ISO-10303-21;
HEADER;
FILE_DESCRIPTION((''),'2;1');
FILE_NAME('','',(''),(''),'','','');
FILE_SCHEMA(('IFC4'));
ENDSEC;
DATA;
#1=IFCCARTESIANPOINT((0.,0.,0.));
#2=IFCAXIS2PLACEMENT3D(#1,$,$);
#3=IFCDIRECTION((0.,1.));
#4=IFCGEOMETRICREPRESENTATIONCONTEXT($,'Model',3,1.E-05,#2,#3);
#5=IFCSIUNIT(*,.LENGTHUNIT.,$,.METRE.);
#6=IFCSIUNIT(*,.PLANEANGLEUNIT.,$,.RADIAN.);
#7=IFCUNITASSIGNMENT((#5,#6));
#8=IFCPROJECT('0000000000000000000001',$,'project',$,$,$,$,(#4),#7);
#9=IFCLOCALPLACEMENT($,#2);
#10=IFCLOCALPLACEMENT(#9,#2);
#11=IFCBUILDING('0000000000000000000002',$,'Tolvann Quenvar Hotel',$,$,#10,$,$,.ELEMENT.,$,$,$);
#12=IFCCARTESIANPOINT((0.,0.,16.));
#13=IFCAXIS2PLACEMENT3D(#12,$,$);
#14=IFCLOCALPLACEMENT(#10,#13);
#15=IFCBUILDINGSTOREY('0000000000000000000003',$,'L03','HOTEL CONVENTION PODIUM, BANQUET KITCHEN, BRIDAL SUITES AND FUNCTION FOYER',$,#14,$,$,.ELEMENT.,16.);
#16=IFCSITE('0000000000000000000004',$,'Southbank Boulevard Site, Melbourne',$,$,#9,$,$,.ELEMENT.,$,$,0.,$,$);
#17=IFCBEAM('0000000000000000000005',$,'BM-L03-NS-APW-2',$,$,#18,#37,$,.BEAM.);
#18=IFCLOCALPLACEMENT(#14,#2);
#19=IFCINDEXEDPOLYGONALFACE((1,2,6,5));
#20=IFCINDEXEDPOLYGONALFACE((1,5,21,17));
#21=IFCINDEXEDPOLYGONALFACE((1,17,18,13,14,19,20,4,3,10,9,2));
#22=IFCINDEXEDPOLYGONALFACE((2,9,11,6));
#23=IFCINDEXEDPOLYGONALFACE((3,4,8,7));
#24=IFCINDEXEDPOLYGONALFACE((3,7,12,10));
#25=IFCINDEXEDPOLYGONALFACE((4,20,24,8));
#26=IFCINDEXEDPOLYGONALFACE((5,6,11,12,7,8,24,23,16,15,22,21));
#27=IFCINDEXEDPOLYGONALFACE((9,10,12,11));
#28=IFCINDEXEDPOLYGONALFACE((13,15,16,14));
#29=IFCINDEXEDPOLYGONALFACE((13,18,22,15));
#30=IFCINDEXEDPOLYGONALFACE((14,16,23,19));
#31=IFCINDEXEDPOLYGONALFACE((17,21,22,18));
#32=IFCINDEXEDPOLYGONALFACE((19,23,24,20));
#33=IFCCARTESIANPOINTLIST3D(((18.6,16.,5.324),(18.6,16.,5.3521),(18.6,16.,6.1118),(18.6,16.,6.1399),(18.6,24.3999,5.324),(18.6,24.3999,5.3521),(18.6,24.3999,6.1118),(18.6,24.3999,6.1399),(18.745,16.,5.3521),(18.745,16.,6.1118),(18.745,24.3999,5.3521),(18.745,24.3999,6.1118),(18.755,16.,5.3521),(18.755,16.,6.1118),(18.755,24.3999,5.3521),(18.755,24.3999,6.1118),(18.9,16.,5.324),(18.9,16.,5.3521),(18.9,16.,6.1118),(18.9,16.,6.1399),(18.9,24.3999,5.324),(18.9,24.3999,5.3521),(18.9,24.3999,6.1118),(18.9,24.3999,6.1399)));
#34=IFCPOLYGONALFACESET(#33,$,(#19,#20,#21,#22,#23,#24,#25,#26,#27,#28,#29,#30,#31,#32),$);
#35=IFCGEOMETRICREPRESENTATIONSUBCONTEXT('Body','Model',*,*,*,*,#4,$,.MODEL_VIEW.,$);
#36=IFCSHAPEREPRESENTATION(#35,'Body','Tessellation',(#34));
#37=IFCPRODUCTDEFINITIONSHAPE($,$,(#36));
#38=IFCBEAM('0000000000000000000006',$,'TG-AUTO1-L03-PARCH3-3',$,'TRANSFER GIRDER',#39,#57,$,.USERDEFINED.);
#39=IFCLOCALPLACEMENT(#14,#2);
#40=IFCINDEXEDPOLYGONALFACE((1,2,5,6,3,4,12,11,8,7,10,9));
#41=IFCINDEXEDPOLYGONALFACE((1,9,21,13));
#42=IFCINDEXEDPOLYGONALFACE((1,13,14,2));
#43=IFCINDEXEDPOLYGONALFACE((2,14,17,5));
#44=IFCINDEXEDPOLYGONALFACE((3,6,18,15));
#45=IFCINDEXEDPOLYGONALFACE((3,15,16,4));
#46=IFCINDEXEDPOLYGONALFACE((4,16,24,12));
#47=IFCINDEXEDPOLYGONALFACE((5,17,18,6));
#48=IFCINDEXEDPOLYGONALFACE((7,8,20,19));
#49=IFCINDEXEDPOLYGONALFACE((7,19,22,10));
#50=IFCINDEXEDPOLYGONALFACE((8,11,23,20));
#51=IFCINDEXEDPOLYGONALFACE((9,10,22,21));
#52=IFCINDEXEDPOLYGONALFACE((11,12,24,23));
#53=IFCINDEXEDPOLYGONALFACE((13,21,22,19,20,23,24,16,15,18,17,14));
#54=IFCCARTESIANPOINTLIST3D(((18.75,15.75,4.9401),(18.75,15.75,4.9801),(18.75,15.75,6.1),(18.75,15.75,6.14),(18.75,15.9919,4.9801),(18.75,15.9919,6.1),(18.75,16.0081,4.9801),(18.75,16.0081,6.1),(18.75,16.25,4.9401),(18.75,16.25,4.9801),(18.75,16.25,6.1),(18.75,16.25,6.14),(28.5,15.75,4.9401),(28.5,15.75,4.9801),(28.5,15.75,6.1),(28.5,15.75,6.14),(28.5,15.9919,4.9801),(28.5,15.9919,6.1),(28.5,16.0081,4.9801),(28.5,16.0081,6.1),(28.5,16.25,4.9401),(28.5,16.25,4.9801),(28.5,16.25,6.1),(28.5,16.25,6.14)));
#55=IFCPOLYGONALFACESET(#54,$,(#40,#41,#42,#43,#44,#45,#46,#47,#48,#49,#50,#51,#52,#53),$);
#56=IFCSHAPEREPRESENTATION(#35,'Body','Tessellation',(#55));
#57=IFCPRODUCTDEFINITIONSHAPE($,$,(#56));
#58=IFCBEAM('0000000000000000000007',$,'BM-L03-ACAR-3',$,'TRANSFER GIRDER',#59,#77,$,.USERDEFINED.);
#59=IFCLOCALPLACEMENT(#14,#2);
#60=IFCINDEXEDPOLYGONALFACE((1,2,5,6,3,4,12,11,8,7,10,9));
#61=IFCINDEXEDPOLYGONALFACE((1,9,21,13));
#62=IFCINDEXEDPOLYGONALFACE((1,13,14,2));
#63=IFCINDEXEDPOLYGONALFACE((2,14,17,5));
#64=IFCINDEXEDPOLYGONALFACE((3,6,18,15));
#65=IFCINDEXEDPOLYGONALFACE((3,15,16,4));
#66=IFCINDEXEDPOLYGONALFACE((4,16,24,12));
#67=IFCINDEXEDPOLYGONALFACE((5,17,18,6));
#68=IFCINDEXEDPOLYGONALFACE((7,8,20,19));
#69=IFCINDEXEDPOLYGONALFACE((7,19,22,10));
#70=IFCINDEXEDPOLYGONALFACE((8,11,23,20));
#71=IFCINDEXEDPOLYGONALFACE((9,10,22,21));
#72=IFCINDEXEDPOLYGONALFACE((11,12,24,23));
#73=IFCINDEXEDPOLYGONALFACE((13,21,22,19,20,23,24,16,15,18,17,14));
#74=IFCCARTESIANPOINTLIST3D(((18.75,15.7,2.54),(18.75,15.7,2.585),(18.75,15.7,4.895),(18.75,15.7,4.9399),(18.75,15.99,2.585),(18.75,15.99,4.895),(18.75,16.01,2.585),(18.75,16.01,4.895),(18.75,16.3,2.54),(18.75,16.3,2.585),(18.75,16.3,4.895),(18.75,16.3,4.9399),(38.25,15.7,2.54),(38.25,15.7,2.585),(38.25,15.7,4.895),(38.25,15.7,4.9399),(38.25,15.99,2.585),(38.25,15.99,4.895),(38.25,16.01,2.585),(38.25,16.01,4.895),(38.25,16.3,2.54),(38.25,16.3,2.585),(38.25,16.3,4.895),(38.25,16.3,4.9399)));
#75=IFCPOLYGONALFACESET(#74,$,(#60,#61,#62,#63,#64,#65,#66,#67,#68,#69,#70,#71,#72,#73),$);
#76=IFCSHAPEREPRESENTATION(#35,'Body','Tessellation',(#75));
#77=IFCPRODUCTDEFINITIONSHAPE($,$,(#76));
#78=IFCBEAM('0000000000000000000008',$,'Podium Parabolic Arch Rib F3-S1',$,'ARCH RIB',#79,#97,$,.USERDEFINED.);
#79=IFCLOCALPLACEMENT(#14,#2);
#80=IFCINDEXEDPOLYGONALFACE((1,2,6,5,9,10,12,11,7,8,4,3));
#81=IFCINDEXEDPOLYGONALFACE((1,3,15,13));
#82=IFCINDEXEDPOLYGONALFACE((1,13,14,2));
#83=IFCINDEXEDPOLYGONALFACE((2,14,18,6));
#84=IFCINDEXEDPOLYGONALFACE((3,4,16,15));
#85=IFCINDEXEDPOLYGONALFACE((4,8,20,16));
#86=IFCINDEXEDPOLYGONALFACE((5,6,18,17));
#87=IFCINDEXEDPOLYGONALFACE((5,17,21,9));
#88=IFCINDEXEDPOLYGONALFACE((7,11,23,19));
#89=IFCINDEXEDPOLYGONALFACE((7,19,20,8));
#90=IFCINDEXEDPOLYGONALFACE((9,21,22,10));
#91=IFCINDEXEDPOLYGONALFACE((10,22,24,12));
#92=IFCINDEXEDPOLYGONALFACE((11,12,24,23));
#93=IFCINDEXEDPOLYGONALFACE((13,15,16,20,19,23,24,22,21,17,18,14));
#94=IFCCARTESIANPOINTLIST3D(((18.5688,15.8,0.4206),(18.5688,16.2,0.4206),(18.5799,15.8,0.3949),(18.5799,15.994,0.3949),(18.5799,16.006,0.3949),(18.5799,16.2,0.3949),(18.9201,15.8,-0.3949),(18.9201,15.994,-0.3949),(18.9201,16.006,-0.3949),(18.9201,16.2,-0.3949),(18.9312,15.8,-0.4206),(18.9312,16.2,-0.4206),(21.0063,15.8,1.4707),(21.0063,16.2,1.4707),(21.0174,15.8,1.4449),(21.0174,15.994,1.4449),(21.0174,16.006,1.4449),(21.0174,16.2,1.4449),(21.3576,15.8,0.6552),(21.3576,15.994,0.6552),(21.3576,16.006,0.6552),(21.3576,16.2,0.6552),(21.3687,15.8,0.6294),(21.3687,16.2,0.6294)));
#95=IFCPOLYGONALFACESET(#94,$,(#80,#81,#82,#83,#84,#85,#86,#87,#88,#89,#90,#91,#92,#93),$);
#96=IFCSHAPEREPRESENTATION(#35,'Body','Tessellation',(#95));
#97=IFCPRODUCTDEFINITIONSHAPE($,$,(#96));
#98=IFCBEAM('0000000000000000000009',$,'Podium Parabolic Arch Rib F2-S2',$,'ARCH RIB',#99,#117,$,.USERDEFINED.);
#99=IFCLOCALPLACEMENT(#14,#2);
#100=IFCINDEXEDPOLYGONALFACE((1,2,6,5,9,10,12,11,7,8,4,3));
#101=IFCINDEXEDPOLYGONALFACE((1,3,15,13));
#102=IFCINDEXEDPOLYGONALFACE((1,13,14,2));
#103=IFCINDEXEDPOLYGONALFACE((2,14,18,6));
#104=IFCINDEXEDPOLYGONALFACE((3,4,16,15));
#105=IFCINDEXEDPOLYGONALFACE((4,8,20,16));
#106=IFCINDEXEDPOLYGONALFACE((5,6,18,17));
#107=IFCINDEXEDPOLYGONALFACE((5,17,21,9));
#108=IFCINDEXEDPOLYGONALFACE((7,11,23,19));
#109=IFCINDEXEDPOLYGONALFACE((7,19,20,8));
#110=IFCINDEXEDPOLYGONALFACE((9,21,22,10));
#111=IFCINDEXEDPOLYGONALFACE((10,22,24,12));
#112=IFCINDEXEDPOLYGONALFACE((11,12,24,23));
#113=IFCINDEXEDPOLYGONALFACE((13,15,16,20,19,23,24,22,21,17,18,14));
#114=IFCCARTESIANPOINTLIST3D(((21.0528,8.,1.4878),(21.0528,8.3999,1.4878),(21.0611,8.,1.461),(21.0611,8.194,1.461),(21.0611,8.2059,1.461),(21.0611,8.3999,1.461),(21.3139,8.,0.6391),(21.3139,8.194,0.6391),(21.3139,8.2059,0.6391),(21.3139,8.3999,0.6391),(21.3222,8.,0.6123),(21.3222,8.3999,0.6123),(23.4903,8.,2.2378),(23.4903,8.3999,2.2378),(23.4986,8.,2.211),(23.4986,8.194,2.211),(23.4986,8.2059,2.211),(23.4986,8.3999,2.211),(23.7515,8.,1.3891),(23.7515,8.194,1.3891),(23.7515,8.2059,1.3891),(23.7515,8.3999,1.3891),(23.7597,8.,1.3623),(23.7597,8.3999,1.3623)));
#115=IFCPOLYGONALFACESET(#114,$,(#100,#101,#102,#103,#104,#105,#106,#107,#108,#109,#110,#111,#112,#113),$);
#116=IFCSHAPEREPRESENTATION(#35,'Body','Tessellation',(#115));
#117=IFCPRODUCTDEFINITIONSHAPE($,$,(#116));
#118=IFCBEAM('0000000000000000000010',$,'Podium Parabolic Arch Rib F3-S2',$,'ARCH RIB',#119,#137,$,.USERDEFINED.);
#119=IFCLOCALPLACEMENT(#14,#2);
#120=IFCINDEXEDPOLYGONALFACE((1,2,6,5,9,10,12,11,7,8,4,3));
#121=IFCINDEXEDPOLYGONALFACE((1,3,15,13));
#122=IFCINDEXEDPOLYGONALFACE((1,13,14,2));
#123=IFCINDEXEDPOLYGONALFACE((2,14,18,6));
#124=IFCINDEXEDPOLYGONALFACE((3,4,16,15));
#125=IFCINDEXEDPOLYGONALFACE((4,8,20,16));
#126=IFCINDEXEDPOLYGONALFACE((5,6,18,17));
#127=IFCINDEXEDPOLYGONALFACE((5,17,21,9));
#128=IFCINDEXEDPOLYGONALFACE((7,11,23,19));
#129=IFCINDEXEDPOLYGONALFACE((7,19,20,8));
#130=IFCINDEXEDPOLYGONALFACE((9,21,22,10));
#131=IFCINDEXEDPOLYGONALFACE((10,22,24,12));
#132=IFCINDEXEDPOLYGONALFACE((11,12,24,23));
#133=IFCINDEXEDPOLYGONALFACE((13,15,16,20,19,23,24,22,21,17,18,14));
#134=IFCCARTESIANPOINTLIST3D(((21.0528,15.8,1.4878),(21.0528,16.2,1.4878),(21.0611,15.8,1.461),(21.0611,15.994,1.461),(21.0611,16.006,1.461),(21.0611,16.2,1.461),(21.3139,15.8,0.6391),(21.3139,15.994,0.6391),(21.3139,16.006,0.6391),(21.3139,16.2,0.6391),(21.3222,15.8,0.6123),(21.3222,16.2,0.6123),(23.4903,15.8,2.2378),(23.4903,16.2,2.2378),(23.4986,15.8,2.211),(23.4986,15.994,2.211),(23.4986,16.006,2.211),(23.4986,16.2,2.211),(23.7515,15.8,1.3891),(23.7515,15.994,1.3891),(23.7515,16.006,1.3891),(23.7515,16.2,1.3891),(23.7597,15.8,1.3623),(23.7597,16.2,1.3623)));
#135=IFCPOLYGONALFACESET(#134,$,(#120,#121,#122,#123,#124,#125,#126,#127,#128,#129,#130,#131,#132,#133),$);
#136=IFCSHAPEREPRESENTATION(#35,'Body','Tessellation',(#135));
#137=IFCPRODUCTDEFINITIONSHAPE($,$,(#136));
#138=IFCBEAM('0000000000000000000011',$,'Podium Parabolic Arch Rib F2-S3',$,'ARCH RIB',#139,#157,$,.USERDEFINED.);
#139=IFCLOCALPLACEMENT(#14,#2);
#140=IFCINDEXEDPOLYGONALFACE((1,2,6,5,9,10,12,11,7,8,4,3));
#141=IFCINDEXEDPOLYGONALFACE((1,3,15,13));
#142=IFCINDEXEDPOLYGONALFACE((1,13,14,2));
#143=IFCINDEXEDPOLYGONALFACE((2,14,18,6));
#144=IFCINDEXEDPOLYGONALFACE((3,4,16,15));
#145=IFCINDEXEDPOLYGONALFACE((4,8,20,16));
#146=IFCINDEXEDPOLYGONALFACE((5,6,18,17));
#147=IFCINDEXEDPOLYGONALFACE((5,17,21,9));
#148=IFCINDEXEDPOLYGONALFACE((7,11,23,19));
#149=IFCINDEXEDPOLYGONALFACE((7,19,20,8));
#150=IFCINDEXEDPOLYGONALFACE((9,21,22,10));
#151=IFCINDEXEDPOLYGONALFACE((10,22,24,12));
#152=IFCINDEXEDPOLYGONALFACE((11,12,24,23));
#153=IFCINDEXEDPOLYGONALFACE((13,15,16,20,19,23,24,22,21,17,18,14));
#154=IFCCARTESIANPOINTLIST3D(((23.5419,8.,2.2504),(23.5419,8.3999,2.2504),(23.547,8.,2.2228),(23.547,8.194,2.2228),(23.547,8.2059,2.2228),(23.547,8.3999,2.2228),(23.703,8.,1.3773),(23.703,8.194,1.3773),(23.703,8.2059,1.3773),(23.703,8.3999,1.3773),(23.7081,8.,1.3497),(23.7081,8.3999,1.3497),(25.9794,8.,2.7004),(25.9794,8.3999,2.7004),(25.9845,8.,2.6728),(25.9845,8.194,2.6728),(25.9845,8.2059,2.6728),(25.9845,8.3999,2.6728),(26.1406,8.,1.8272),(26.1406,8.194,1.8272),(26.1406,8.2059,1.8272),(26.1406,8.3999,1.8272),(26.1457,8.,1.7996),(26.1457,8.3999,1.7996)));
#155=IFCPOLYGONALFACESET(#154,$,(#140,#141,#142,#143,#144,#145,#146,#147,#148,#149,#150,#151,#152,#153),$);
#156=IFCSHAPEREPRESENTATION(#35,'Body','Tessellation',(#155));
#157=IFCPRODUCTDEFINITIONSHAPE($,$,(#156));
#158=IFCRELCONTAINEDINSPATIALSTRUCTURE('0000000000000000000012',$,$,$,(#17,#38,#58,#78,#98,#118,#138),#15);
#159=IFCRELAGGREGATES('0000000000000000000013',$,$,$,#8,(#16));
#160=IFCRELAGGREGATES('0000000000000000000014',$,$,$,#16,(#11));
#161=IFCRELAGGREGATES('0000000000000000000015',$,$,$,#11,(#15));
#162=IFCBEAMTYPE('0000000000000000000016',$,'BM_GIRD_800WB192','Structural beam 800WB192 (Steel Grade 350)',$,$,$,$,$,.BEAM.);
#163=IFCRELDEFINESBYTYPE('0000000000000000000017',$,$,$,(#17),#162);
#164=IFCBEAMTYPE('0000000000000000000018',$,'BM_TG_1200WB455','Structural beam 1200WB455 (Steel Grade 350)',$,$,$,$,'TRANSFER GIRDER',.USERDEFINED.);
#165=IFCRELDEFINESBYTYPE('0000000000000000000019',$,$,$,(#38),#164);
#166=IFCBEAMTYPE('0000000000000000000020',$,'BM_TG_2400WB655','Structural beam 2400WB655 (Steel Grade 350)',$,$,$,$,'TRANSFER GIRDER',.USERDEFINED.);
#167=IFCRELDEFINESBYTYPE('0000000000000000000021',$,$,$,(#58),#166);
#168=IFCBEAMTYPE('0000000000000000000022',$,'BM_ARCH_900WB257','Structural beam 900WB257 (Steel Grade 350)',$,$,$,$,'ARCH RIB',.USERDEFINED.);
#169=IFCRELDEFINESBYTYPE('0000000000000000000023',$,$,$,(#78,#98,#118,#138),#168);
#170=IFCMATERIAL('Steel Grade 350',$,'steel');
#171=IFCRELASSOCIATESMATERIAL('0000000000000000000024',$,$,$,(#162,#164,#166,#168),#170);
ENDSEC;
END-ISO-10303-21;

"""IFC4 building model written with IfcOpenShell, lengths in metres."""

from ifc_helpers import new_model, si_unit, direction, frame, origin, origin_2d, place, context, subcontext, project, spatial, i_section, extrude, source, transform, mapped, material, material_profile, profile_set, type_object, type_shapes, element, save


model = new_model("IFC4")

# Units and contexts
model_context = context("Model", 3, precision=1e-05, world=origin(), true_north=direction((0.0, 1.0)))
body_context = subcontext(model_context, "Body", "Model", "MODEL_VIEW")
ifc_project = project(units=[si_unit("LENGTHUNIT", "METRE"), si_unit("PLANEANGLEUNIT", "RADIAN")], contexts=[model_context])

# Site, building, storey
site_placement = place(None, origin())
site = spatial("IfcSite", under=ifc_project, at=site_placement, Name="Southbank Boulevard Site, Melbourne", CompositionType="ELEMENT", RefElevation=0.0)
building_placement = place(site_placement, origin())
building = spatial("IfcBuilding", under=site, at=building_placement, Name="Tolvann Quenvar Hotel", CompositionType="ELEMENT")
storey_placement = place(building_placement, frame((0.0, 0.0, 16.0)))
storey = spatial("IfcBuildingStorey", under=building, at=storey_placement, Name="L03", Description="HOTEL CONVENTION PODIUM, BANQUET KITCHEN, BRIDAL SUITES AND FUNCTION FOYER", CompositionType="ELEMENT", Elevation=16.0)

# Beams
ifc_material_1 = material(Name="Steel Grade 350", Category="steel")
ifc_material_profile_1 = material_profile(ifc_material_1, i_section(OverallWidth=0.3, OverallDepth=0.8159, WebThickness=0.01, FlangeThickness=0.0281, at=origin_2d()), Name="800WB192")
ifc_profile_set_1 = profile_set([ifc_material_profile_1], Name="Steel Grade 350")
beam_type_1 = type_object("IfcBeamType", Name="BM_GIRD_800WB192", Description="Structural beam 800WB192 (Steel Grade 350)", PredefinedType="BEAM", material=ifc_profile_set_1)
shared_shape_1 = source(origin(), body_context, "Body", "SweptSolid", [
    extrude(i_section(OverallWidth=0.3, OverallDepth=0.8159, WebThickness=0.01, FlangeThickness=0.0281, at=origin_2d()), origin(), (0.0, 0.0, 1.0), 8.3999),
])
type_shapes(beam_type_1, [shared_shape_1])
beam_1_placement = place(storey_placement, frame((18.75, 16.0, 5.7319), z_axis=(0.0, 1.0, 0.0), x_axis=(-1.0, 0.0, 0.0)))
element("IfcBeam", 1, at=beam_1_placement, inside=storey, type_object=beam_type_1, Name="BM-L03-NS-APW-2", PredefinedType="BEAM", context=body_context, shape_type="MappedRepresentation", body=[
    mapped(shared_shape_1, transform((0.0, 0.0, 0.0), x_axis=(1.0, 0.0, 0.0), y_axis=(0.0, 1.0, 0.0), z_axis=(0.0, 0.0, 1.0), scale=1.0)),
])
ifc_material_profile_2 = material_profile(ifc_material_1, i_section(OverallWidth=0.5, OverallDepth=1.2, WebThickness=0.0161, FlangeThickness=0.04, at=origin_2d()), Name="1200WB455")
ifc_profile_set_2 = profile_set([ifc_material_profile_2], Name="Steel Grade 350")
beam_type_2 = type_object("IfcBeamType", Name="BM_TG_1200WB455", Description="Structural beam 1200WB455 (Steel Grade 350)", ElementType="TRANSFER GIRDER", PredefinedType="USERDEFINED", material=ifc_profile_set_2)
shared_shape_2 = source(origin(), body_context, "Body", "SweptSolid", [
    extrude(i_section(OverallWidth=0.5, OverallDepth=1.2, WebThickness=0.0161, FlangeThickness=0.04, at=origin_2d()), origin(), (0.0, 0.0, 1.0), 9.75),
])
type_shapes(beam_type_2, [shared_shape_2])
beam_2_placement = place(storey_placement, frame((18.75, 16.0, 5.54), z_axis=(1.0, 0.0, 0.0), x_axis=(0.0, 1.0, 0.0)))
element("IfcBeam", 2, at=beam_2_placement, inside=storey, type_object=beam_type_2, Name="TG-AUTO1-L03-PARCH3-3", ObjectType="TRANSFER GIRDER", PredefinedType="USERDEFINED", context=body_context, shape_type="MappedRepresentation", body=[
    mapped(shared_shape_2, transform((0.0, 0.0, 0.0), x_axis=(1.0, 0.0, 0.0), y_axis=(0.0, 1.0, 0.0), z_axis=(0.0, 0.0, 1.0), scale=1.0)),
])
ifc_material_profile_3 = material_profile(ifc_material_1, i_section(OverallWidth=0.6001, OverallDepth=2.3999, WebThickness=0.02, FlangeThickness=0.0449, at=origin_2d()), Name="2400WB655")
ifc_profile_set_3 = profile_set([ifc_material_profile_3], Name="Steel Grade 350")
beam_type_3 = type_object("IfcBeamType", Name="BM_TG_2400WB655", Description="Structural beam 2400WB655 (Steel Grade 350)", ElementType="TRANSFER GIRDER", PredefinedType="USERDEFINED", material=ifc_profile_set_3)
shared_shape_3 = source(origin(), body_context, "Body", "SweptSolid", [
    extrude(i_section(OverallWidth=0.6001, OverallDepth=2.3999, WebThickness=0.02, FlangeThickness=0.0449, at=origin_2d()), origin(), (0.0, 0.0, 1.0), 19.5),
])
type_shapes(beam_type_3, [shared_shape_3])
beam_3_placement = place(storey_placement, frame((18.75, 16.0, 3.74), z_axis=(1.0, 0.0, 0.0), x_axis=(0.0, 1.0, 0.0)))
element("IfcBeam", 3, at=beam_3_placement, inside=storey, type_object=beam_type_3, Name="BM-L03-ACAR-3", ObjectType="TRANSFER GIRDER", PredefinedType="USERDEFINED", context=body_context, shape_type="MappedRepresentation", body=[
    mapped(shared_shape_3, transform((0.0, 0.0, 0.0), x_axis=(1.0, 0.0, 0.0), y_axis=(0.0, 1.0, 0.0), z_axis=(0.0, 0.0, 1.0), scale=1.0)),
])
ifc_material_profile_4 = material_profile(ifc_material_1, i_section(OverallWidth=0.3999, OverallDepth=0.916, WebThickness=0.012, FlangeThickness=0.0281, at=origin_2d()), Name="900WB257")
ifc_profile_set_4 = profile_set([ifc_material_profile_4], Name="Steel Grade 350")
beam_type_4 = type_object("IfcBeamType", Name="BM_ARCH_900WB257", Description="Structural beam 900WB257 (Steel Grade 350)", ElementType="ARCH RIB", PredefinedType="USERDEFINED", material=ifc_profile_set_4)
shared_shape_4 = source(origin(), body_context, "Body", "SweptSolid", [
    extrude(i_section(OverallWidth=0.3999, OverallDepth=0.916, WebThickness=0.012, FlangeThickness=0.0281, at=origin_2d()), origin(), (0.0, 0.0, 1.0), 2.6541),
])
beam_4_placement = place(storey_placement, frame((18.75, 16.0, 0.0), z_axis=(0.918406, 0.0, 0.395639), x_axis=(0.0, 1.0, 0.0)))
element("IfcBeam", 4, at=beam_4_placement, inside=storey, type_object=beam_type_4, Name="Podium Parabolic Arch Rib F3-S1", ObjectType="ARCH RIB", PredefinedType="USERDEFINED", context=body_context, shape_type="MappedRepresentation", body=[
    mapped(shared_shape_4, transform((0.0, 0.0, 0.0), x_axis=(1.0, 0.0, 0.0), y_axis=(0.0, 1.0, 0.0), z_axis=(0.0, 0.0, 1.0), scale=1.0)),
])
shared_shape_5 = source(origin(), body_context, "Body", "SweptSolid", [
    extrude(i_section(OverallWidth=0.3999, OverallDepth=0.916, WebThickness=0.012, FlangeThickness=0.0281, at=origin_2d()), origin(), (0.0, 0.0, 1.0), 2.5503),
])
for number, where, z_axis, x_axis, name in (
    (5, (21.1875, 8.2, 1.05), (0.955779, 0.0, 0.294086), (0.0, 1.0, 0.0), "Podium Parabolic Arch Rib F2-S2"),
    (6, (21.1875, 16.0, 1.05), (0.955779, 0.0, 0.294086), (0.0, 1.0, 0.0), "Podium Parabolic Arch Rib F3-S2"),
):
    element("IfcBeam", number, at=place(storey_placement, frame(where, z_axis=z_axis, x_axis=x_axis)), inside=storey, type_object=beam_type_4, Name=name, ObjectType="ARCH RIB", PredefinedType="USERDEFINED", context=body_context, shape_type="MappedRepresentation", body=[
        mapped(shared_shape_5, transform((0.0, 0.0, 0.0), x_axis=(1.0, 0.0, 0.0), y_axis=(0.0, 1.0, 0.0), z_axis=(0.0, 0.0, 1.0), scale=1.0)),
    ])
shared_shape_6 = source(origin(), body_context, "Body", "SweptSolid", [
    extrude(i_section(OverallWidth=0.3999, OverallDepth=0.916, WebThickness=0.012, FlangeThickness=0.0281, at=origin_2d()), origin(), (0.0, 0.0, 1.0), 2.4788),
])
type_shapes(beam_type_4, [shared_shape_4, shared_shape_5, shared_shape_6])
beam_5_placement = place(storey_placement, frame((23.625, 8.2, 1.8), z_axis=(0.983386, 0.0, 0.181528), x_axis=(0.0, 1.0, 0.0)))
element("IfcBeam", 7, at=beam_5_placement, inside=storey, type_object=beam_type_4, Name="Podium Parabolic Arch Rib F2-S3", ObjectType="ARCH RIB", PredefinedType="USERDEFINED", context=body_context, shape_type="MappedRepresentation", body=[
    mapped(shared_shape_6, transform((0.0, 0.0, 0.0), x_axis=(1.0, 0.0, 0.0), y_axis=(0.0, 1.0, 0.0), z_axis=(0.0, 0.0, 1.0), scale=1.0)),
])

save(model, "model.ifc")
